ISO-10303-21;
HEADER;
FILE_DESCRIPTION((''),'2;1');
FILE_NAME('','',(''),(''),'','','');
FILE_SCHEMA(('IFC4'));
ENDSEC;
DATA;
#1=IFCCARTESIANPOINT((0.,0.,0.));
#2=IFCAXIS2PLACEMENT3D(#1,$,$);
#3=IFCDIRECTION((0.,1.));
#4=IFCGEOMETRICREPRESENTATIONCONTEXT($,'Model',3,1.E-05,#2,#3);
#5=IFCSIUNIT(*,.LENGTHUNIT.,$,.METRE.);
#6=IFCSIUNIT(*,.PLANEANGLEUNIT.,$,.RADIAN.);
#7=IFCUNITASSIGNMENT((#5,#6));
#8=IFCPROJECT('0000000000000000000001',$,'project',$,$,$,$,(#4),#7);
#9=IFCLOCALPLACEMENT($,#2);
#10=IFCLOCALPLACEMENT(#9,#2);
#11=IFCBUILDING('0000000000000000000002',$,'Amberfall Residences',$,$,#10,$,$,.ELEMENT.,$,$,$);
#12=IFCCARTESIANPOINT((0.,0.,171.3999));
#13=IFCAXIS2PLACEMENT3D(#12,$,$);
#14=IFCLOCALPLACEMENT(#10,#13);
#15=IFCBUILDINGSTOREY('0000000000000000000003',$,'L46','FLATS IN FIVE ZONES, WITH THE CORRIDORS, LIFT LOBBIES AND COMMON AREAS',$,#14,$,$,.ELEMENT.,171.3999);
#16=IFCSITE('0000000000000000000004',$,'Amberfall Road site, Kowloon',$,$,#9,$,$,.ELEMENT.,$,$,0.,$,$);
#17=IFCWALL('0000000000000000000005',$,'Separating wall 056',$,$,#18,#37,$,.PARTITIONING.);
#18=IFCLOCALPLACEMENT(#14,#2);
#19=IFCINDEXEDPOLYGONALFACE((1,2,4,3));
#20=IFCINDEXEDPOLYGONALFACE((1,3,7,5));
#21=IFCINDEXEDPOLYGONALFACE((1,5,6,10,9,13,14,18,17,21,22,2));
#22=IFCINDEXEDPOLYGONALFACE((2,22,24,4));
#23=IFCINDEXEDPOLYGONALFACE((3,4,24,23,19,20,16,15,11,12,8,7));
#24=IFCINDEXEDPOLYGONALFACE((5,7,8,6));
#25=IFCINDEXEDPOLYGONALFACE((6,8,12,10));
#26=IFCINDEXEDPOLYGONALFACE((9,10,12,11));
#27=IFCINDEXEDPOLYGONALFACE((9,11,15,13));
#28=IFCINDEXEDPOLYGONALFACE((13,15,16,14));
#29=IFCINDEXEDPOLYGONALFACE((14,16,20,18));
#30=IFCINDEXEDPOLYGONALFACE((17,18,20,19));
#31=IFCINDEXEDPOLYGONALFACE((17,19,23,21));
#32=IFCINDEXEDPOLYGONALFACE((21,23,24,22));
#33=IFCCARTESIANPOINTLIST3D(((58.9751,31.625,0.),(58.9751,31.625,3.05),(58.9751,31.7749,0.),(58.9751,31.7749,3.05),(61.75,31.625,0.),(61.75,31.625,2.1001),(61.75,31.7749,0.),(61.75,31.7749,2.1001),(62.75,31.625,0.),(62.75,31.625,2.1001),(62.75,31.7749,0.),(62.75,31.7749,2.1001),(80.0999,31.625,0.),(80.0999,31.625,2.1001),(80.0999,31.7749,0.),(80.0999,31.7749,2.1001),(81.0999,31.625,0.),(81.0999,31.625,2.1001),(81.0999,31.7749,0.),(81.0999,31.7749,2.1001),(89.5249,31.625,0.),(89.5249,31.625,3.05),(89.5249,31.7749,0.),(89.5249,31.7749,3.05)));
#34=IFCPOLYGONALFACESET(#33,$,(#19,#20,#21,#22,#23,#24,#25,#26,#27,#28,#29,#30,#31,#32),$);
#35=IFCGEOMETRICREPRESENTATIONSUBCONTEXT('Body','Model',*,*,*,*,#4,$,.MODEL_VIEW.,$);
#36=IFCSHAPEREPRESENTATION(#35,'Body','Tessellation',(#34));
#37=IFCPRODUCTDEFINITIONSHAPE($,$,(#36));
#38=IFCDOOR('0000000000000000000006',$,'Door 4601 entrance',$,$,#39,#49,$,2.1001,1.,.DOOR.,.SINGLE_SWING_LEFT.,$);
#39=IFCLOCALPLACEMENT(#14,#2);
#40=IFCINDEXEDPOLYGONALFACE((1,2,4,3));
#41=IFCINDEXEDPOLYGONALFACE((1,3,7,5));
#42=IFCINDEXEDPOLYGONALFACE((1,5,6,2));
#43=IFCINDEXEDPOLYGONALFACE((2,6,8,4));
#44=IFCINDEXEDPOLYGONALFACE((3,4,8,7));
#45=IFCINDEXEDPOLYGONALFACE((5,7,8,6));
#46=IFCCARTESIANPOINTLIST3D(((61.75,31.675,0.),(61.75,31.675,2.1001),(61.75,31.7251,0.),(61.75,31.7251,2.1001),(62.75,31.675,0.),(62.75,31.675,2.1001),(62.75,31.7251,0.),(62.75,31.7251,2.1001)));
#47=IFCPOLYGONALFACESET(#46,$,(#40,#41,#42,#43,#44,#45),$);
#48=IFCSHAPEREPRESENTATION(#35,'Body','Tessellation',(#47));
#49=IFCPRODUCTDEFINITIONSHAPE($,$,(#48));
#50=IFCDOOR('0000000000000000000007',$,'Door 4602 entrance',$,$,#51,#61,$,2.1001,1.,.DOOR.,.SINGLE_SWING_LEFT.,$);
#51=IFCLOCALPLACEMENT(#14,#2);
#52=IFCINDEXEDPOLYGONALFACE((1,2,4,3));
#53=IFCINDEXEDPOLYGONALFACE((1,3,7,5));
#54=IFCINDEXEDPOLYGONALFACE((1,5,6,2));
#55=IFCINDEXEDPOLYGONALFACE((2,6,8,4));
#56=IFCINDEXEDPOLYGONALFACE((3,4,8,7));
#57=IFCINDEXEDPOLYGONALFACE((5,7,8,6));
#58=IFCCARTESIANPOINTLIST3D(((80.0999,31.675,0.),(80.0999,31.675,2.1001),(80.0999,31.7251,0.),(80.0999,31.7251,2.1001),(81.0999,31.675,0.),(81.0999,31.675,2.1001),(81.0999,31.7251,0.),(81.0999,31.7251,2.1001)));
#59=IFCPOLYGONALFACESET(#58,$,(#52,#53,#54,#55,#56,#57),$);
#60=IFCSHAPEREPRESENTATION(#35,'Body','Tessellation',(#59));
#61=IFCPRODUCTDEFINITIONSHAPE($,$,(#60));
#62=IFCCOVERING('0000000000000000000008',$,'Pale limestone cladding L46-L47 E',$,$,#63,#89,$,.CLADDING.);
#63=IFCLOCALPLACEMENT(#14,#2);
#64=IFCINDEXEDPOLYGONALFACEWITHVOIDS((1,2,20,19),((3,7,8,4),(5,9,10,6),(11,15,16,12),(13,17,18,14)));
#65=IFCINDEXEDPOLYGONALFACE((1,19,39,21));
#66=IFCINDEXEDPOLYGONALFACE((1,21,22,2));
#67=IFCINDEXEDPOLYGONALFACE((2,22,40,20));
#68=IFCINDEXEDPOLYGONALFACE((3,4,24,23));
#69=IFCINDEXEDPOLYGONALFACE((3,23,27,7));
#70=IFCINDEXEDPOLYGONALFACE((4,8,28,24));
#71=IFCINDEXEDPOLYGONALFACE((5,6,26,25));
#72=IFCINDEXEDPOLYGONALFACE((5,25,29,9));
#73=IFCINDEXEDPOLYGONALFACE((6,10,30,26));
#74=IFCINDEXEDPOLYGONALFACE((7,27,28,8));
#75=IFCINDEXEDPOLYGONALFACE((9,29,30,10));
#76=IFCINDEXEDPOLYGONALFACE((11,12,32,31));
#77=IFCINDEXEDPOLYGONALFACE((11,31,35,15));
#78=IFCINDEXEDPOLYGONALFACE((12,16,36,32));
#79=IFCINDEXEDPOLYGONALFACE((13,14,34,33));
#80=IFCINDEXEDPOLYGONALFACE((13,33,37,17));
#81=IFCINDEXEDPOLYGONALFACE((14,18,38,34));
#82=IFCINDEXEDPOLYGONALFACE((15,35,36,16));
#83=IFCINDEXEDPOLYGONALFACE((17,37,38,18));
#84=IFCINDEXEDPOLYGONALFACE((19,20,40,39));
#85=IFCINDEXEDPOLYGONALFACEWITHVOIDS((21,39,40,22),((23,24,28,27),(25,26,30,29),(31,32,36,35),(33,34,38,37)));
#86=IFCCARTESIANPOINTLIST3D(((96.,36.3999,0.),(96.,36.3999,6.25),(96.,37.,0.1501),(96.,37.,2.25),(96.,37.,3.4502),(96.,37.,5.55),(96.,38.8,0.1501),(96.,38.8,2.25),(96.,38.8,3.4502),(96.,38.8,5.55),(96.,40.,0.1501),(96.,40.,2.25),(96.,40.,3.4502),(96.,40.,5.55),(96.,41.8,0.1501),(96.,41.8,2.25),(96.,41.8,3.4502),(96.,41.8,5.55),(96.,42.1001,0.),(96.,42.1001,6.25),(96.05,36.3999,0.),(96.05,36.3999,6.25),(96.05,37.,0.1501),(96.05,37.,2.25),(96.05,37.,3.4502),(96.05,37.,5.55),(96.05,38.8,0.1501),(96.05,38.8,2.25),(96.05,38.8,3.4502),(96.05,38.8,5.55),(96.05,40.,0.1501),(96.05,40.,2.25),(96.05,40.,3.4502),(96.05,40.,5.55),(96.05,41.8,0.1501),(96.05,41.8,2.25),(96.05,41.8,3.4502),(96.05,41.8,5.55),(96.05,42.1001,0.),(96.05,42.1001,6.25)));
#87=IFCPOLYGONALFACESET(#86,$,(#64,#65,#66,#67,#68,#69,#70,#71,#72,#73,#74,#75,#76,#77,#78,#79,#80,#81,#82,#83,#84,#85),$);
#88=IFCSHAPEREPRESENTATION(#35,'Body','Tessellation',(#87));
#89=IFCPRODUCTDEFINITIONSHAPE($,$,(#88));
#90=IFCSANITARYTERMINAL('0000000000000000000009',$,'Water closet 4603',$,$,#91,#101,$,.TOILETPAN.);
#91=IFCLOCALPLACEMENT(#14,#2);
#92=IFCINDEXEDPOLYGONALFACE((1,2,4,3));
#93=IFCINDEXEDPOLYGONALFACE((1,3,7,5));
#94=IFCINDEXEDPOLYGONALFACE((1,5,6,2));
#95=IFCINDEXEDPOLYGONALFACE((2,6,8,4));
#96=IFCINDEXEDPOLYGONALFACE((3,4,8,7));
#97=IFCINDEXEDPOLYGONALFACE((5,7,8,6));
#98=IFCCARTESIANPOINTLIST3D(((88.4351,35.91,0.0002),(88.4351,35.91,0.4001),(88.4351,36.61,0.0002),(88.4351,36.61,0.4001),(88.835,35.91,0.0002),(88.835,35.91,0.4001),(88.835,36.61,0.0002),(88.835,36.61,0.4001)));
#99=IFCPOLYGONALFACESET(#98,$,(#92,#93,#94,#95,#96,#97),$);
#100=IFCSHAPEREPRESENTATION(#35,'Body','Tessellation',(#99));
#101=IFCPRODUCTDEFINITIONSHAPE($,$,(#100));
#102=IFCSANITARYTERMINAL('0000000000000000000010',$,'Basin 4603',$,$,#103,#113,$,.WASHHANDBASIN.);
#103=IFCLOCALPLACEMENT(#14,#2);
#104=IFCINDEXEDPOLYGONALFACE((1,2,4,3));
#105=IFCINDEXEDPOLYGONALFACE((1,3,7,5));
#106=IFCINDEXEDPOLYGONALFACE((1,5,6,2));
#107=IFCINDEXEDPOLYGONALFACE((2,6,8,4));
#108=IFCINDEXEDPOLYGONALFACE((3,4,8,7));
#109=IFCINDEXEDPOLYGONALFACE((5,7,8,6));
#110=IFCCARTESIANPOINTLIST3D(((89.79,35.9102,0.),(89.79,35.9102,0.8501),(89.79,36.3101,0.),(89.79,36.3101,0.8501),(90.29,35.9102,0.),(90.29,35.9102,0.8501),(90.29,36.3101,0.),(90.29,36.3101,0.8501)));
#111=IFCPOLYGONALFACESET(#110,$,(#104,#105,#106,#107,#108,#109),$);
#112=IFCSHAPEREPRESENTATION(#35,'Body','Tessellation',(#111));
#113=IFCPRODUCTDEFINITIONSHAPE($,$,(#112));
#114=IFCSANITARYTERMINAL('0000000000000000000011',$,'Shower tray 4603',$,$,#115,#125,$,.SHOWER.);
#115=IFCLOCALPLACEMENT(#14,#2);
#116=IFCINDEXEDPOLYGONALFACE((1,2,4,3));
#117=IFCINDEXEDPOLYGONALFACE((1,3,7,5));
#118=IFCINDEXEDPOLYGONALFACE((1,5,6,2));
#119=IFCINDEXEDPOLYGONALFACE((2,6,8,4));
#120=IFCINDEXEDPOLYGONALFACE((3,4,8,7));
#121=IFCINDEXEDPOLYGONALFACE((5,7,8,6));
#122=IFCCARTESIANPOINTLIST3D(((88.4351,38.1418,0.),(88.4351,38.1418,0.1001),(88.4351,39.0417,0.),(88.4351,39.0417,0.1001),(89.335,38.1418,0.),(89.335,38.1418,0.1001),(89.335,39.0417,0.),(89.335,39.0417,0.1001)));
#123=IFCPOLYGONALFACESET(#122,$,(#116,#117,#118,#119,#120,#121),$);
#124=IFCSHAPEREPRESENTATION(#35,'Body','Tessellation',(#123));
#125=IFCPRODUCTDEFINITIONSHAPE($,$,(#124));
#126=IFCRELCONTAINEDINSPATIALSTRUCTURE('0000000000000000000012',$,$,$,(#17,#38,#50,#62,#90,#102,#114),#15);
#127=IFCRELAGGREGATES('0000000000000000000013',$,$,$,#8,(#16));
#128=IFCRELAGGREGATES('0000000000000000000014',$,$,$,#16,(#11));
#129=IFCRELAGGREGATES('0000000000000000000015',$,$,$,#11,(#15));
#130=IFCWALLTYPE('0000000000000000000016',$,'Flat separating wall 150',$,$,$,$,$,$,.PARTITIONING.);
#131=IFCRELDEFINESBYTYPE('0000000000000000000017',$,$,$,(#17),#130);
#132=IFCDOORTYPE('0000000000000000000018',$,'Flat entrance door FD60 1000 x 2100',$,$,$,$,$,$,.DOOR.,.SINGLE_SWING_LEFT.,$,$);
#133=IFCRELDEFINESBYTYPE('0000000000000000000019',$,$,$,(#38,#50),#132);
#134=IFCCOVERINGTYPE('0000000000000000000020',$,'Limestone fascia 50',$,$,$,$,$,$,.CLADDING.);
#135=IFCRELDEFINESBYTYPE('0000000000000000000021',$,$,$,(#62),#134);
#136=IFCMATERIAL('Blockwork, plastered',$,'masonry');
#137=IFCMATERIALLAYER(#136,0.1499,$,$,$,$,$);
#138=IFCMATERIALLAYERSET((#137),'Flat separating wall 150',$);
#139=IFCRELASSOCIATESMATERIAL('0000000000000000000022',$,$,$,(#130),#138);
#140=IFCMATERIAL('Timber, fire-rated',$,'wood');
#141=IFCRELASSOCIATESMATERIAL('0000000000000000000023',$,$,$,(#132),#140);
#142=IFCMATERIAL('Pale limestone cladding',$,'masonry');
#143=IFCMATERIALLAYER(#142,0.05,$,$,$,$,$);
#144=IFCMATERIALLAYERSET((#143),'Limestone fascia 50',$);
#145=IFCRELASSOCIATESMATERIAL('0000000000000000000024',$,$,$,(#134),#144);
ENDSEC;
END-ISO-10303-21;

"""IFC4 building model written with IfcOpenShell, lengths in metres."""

from ifc_helpers import new_model, si_unit, direction, frame, frame_2d, origin, origin_2d, place, context, subcontext, project, spatial, polyline, rectangle, outline, extrude, material, layer, layer_set, type_object, element, fill, save


model = new_model("IFC4")

# Units and contexts
model_context = context("Model", 3, precision=1e-05, world=origin(), true_north=direction((0.0, 1.0)))
body_context = subcontext(model_context, "Body", "Model", "MODEL_VIEW")
ifc_project = project(units=[si_unit("LENGTHUNIT", "METRE"), si_unit("PLANEANGLEUNIT", "RADIAN")], contexts=[model_context])

# Site, building, storey
site_placement = place(None, origin())
site = spatial("IfcSite", under=ifc_project, at=site_placement, Name="Amberfall Road site, Kowloon", CompositionType="ELEMENT", RefElevation=0.0)
building_placement = place(site_placement, origin())
building = spatial("IfcBuilding", under=site, at=building_placement, Name="Amberfall Residences", CompositionType="ELEMENT")
storey_placement = place(building_placement, frame((0.0, 0.0, 171.3999)))
storey = spatial("IfcBuildingStorey", under=building, at=storey_placement, Name="L46", Description="FLATS IN FIVE ZONES, WITH THE CORRIDORS, LIFT LOBBIES AND COMMON AREAS", CompositionType="ELEMENT", Elevation=171.3999)

# Shared definitions
ifc_material_1 = material(Name="Blockwork, plastered", Category="masonry")
ifc_layer_1 = layer(ifc_material_1, 0.1499)
ifc_layer_set_1 = layer_set([ifc_layer_1], Name="Flat separating wall 150")
wall_type_1 = type_object("IfcWallType", Name="Flat separating wall 150", PredefinedType="PARTITIONING", material=ifc_layer_set_1)

# Wall, openings, doors
wall_1_placement = place(storey_placement, frame((89.5249, 31.7, 0.0), z_axis=(0.0, 0.0, 1.0), x_axis=(-1.0, 0.0, 0.0)))
wall_1 = element("IfcWall", 1, at=wall_1_placement, inside=storey, type_object=wall_type_1, Name="Separating wall 056", PredefinedType="PARTITIONING", context=body_context, shape_type="SweptSolid", body=[
    extrude(rectangle(XDim=30.5498, YDim=0.1499, at=frame_2d((15.2749, 0.0))), origin(), (0.0, 0.0, 1.0), 3.05),
])
opening_1_placement = place(wall_1_placement, frame((26.7749, 0.0, 0.0)))
opening_1 = element("IfcOpeningElement", 2, at=opening_1_placement, cuts=wall_1, PredefinedType="OPENING", context=body_context, shape_type="SweptSolid", body=[
    extrude(rectangle(XDim=1.0, YDim=2.1001, at=frame_2d((0.5, 1.05))), frame((0.0, 0.085, 0.0), z_axis=(0.0, -1.0, 0.0), x_axis=(1.0, 0.0, 0.0)), (0.0, 0.0, 1.0), 0.1699),
])
opening_2_placement = place(wall_1_placement, frame((8.425, 0.0, 0.0)))
opening_2 = element("IfcOpeningElement", 3, at=opening_2_placement, cuts=wall_1, PredefinedType="OPENING", context=body_context, shape_type="SweptSolid", body=[
    extrude(rectangle(XDim=1.0, YDim=2.1001, at=frame_2d((0.5, 1.05))), frame((0.0, 0.085, 0.0), z_axis=(0.0, -1.0, 0.0), x_axis=(1.0, 0.0, 0.0)), (0.0, 0.0, 1.0), 0.1699),
])
ifc_material_2 = material(Name="Timber, fire-rated", Category="wood")
door_type_1 = type_object("IfcDoorType", Name="Flat entrance door FD60 1000 x 2100", OperationType="SINGLE_SWING_LEFT", PredefinedType="DOOR", material=ifc_material_2)
door_1_placement = place(opening_1_placement, origin())
door_1 = element("IfcDoor", 4, at=door_1_placement, inside=storey, type_object=door_type_1, Name="Door 4601 entrance", OperationType="SINGLE_SWING_LEFT", OverallHeight=2.1001, OverallWidth=1.0, PredefinedType="DOOR", context=body_context, shape_type="SweptSolid", body=[
    extrude(rectangle(XDim=1.0, YDim=2.1001, at=frame_2d((0.5, 1.05))), frame((0.0, 0.0249, 0.0), z_axis=(0.0, -1.0, 0.0), x_axis=(1.0, 0.0, 0.0)), (0.0, 0.0, 1.0), 0.05),
])
fill(opening_1, door_1)
door_2_placement = place(opening_2_placement, origin())
door_2 = element("IfcDoor", 5, at=door_2_placement, inside=storey, type_object=door_type_1, Name="Door 4602 entrance", OperationType="SINGLE_SWING_LEFT", OverallHeight=2.1001, OverallWidth=1.0, PredefinedType="DOOR", context=body_context, shape_type="SweptSolid", body=[
    extrude(rectangle(XDim=1.0, YDim=2.1001, at=frame_2d((0.5, 1.05))), frame((0.0, 0.0249, 0.0), z_axis=(0.0, -1.0, 0.0), x_axis=(1.0, 0.0, 0.0)), (0.0, 0.0, 1.0), 0.05),
])
fill(opening_2, door_2)

# Covering
ifc_material_3 = material(Name="Pale limestone cladding", Category="masonry")
ifc_layer_2 = layer(ifc_material_3, 0.05)
ifc_layer_set_2 = layer_set([ifc_layer_2], Name="Limestone fascia 50")
covering_type = type_object("IfcCoveringType", Name="Limestone fascia 50", PredefinedType="CLADDING", material=ifc_layer_set_2)
covering_placement = place(storey_placement, frame((96.0, 36.3999, 6.25), z_axis=(-1.0, 0.0, 0.0), x_axis=(0.0, 1.0, 0.0)))
element("IfcCovering", 6, at=covering_placement, inside=storey, type_object=covering_type, Name="Pale limestone cladding L46-L47 E", PredefinedType="CLADDING", context=body_context, shape_type="SweptSolid", body=[
    extrude(outline(polyline([(0.0, 0.0), (5.7002, 0.0), (5.7002, 6.25), (0.0, 6.25), (0.0, 0.0)]), holes=[polyline([(0.6001, 4.0), (2.4001, 4.0), (2.4001, 6.0999), (0.6001, 6.0999), (0.6001, 4.0)]), polyline([(3.6001, 4.0), (5.4001, 4.0), (5.4001, 6.0999), (3.6001, 6.0999), (3.6001, 4.0)]), polyline([(0.6001, 0.7), (2.4001, 0.7), (2.4001, 2.7998), (0.6001, 2.7998), (0.6001, 0.7)]), polyline([(3.6001, 0.7), (5.4001, 0.7), (5.4001, 2.7998), (3.6001, 2.7998), (3.6001, 0.7)])]), origin(), (0.0, 0.0, -1.0), 0.05),
])

# Sanitary terminals
sanitary_terminal_1_placement = place(storey_placement, frame((88.635, 36.26, 0.0002), z_axis=(0.0, 0.0, 1.0), x_axis=(1.0, 0.0, 0.0)))
element("IfcSanitaryTerminal", 7, at=sanitary_terminal_1_placement, inside=storey, Name="Water closet 4603", PredefinedType="TOILETPAN", context=body_context, shape_type="SweptSolid", body=[
    extrude(rectangle(XDim=0.3999, YDim=0.7, at=origin_2d()), origin(), (0.0, 0.0, 1.0), 0.3999),
])
sanitary_terminal_2_placement = place(storey_placement, frame((90.04, 36.1101, 0.0), z_axis=(0.0, 0.0, 1.0), x_axis=(1.0, 0.0, 0.0)))
element("IfcSanitaryTerminal", 8, at=sanitary_terminal_2_placement, inside=storey, Name="Basin 4603", PredefinedType="WASHHANDBASIN", context=body_context, shape_type="SweptSolid", body=[
    extrude(rectangle(XDim=0.5, YDim=0.3999, at=origin_2d()), origin(), (0.0, 0.0, 1.0), 0.8501),
])
sanitary_terminal_3_placement = place(storey_placement, frame((88.885, 38.5918, 0.0), z_axis=(0.0, 0.0, 1.0), x_axis=(1.0, 0.0, 0.0)))
element("IfcSanitaryTerminal", 9, at=sanitary_terminal_3_placement, inside=storey, Name="Shower tray 4603", PredefinedType="SHOWER", context=body_context, shape_type="SweptSolid", body=[
    extrude(rectangle(XDim=0.8999, YDim=0.8999, at=origin_2d()), origin(), (0.0, 0.0, 1.0), 0.1001),
])

save(model, "model.ifc")
